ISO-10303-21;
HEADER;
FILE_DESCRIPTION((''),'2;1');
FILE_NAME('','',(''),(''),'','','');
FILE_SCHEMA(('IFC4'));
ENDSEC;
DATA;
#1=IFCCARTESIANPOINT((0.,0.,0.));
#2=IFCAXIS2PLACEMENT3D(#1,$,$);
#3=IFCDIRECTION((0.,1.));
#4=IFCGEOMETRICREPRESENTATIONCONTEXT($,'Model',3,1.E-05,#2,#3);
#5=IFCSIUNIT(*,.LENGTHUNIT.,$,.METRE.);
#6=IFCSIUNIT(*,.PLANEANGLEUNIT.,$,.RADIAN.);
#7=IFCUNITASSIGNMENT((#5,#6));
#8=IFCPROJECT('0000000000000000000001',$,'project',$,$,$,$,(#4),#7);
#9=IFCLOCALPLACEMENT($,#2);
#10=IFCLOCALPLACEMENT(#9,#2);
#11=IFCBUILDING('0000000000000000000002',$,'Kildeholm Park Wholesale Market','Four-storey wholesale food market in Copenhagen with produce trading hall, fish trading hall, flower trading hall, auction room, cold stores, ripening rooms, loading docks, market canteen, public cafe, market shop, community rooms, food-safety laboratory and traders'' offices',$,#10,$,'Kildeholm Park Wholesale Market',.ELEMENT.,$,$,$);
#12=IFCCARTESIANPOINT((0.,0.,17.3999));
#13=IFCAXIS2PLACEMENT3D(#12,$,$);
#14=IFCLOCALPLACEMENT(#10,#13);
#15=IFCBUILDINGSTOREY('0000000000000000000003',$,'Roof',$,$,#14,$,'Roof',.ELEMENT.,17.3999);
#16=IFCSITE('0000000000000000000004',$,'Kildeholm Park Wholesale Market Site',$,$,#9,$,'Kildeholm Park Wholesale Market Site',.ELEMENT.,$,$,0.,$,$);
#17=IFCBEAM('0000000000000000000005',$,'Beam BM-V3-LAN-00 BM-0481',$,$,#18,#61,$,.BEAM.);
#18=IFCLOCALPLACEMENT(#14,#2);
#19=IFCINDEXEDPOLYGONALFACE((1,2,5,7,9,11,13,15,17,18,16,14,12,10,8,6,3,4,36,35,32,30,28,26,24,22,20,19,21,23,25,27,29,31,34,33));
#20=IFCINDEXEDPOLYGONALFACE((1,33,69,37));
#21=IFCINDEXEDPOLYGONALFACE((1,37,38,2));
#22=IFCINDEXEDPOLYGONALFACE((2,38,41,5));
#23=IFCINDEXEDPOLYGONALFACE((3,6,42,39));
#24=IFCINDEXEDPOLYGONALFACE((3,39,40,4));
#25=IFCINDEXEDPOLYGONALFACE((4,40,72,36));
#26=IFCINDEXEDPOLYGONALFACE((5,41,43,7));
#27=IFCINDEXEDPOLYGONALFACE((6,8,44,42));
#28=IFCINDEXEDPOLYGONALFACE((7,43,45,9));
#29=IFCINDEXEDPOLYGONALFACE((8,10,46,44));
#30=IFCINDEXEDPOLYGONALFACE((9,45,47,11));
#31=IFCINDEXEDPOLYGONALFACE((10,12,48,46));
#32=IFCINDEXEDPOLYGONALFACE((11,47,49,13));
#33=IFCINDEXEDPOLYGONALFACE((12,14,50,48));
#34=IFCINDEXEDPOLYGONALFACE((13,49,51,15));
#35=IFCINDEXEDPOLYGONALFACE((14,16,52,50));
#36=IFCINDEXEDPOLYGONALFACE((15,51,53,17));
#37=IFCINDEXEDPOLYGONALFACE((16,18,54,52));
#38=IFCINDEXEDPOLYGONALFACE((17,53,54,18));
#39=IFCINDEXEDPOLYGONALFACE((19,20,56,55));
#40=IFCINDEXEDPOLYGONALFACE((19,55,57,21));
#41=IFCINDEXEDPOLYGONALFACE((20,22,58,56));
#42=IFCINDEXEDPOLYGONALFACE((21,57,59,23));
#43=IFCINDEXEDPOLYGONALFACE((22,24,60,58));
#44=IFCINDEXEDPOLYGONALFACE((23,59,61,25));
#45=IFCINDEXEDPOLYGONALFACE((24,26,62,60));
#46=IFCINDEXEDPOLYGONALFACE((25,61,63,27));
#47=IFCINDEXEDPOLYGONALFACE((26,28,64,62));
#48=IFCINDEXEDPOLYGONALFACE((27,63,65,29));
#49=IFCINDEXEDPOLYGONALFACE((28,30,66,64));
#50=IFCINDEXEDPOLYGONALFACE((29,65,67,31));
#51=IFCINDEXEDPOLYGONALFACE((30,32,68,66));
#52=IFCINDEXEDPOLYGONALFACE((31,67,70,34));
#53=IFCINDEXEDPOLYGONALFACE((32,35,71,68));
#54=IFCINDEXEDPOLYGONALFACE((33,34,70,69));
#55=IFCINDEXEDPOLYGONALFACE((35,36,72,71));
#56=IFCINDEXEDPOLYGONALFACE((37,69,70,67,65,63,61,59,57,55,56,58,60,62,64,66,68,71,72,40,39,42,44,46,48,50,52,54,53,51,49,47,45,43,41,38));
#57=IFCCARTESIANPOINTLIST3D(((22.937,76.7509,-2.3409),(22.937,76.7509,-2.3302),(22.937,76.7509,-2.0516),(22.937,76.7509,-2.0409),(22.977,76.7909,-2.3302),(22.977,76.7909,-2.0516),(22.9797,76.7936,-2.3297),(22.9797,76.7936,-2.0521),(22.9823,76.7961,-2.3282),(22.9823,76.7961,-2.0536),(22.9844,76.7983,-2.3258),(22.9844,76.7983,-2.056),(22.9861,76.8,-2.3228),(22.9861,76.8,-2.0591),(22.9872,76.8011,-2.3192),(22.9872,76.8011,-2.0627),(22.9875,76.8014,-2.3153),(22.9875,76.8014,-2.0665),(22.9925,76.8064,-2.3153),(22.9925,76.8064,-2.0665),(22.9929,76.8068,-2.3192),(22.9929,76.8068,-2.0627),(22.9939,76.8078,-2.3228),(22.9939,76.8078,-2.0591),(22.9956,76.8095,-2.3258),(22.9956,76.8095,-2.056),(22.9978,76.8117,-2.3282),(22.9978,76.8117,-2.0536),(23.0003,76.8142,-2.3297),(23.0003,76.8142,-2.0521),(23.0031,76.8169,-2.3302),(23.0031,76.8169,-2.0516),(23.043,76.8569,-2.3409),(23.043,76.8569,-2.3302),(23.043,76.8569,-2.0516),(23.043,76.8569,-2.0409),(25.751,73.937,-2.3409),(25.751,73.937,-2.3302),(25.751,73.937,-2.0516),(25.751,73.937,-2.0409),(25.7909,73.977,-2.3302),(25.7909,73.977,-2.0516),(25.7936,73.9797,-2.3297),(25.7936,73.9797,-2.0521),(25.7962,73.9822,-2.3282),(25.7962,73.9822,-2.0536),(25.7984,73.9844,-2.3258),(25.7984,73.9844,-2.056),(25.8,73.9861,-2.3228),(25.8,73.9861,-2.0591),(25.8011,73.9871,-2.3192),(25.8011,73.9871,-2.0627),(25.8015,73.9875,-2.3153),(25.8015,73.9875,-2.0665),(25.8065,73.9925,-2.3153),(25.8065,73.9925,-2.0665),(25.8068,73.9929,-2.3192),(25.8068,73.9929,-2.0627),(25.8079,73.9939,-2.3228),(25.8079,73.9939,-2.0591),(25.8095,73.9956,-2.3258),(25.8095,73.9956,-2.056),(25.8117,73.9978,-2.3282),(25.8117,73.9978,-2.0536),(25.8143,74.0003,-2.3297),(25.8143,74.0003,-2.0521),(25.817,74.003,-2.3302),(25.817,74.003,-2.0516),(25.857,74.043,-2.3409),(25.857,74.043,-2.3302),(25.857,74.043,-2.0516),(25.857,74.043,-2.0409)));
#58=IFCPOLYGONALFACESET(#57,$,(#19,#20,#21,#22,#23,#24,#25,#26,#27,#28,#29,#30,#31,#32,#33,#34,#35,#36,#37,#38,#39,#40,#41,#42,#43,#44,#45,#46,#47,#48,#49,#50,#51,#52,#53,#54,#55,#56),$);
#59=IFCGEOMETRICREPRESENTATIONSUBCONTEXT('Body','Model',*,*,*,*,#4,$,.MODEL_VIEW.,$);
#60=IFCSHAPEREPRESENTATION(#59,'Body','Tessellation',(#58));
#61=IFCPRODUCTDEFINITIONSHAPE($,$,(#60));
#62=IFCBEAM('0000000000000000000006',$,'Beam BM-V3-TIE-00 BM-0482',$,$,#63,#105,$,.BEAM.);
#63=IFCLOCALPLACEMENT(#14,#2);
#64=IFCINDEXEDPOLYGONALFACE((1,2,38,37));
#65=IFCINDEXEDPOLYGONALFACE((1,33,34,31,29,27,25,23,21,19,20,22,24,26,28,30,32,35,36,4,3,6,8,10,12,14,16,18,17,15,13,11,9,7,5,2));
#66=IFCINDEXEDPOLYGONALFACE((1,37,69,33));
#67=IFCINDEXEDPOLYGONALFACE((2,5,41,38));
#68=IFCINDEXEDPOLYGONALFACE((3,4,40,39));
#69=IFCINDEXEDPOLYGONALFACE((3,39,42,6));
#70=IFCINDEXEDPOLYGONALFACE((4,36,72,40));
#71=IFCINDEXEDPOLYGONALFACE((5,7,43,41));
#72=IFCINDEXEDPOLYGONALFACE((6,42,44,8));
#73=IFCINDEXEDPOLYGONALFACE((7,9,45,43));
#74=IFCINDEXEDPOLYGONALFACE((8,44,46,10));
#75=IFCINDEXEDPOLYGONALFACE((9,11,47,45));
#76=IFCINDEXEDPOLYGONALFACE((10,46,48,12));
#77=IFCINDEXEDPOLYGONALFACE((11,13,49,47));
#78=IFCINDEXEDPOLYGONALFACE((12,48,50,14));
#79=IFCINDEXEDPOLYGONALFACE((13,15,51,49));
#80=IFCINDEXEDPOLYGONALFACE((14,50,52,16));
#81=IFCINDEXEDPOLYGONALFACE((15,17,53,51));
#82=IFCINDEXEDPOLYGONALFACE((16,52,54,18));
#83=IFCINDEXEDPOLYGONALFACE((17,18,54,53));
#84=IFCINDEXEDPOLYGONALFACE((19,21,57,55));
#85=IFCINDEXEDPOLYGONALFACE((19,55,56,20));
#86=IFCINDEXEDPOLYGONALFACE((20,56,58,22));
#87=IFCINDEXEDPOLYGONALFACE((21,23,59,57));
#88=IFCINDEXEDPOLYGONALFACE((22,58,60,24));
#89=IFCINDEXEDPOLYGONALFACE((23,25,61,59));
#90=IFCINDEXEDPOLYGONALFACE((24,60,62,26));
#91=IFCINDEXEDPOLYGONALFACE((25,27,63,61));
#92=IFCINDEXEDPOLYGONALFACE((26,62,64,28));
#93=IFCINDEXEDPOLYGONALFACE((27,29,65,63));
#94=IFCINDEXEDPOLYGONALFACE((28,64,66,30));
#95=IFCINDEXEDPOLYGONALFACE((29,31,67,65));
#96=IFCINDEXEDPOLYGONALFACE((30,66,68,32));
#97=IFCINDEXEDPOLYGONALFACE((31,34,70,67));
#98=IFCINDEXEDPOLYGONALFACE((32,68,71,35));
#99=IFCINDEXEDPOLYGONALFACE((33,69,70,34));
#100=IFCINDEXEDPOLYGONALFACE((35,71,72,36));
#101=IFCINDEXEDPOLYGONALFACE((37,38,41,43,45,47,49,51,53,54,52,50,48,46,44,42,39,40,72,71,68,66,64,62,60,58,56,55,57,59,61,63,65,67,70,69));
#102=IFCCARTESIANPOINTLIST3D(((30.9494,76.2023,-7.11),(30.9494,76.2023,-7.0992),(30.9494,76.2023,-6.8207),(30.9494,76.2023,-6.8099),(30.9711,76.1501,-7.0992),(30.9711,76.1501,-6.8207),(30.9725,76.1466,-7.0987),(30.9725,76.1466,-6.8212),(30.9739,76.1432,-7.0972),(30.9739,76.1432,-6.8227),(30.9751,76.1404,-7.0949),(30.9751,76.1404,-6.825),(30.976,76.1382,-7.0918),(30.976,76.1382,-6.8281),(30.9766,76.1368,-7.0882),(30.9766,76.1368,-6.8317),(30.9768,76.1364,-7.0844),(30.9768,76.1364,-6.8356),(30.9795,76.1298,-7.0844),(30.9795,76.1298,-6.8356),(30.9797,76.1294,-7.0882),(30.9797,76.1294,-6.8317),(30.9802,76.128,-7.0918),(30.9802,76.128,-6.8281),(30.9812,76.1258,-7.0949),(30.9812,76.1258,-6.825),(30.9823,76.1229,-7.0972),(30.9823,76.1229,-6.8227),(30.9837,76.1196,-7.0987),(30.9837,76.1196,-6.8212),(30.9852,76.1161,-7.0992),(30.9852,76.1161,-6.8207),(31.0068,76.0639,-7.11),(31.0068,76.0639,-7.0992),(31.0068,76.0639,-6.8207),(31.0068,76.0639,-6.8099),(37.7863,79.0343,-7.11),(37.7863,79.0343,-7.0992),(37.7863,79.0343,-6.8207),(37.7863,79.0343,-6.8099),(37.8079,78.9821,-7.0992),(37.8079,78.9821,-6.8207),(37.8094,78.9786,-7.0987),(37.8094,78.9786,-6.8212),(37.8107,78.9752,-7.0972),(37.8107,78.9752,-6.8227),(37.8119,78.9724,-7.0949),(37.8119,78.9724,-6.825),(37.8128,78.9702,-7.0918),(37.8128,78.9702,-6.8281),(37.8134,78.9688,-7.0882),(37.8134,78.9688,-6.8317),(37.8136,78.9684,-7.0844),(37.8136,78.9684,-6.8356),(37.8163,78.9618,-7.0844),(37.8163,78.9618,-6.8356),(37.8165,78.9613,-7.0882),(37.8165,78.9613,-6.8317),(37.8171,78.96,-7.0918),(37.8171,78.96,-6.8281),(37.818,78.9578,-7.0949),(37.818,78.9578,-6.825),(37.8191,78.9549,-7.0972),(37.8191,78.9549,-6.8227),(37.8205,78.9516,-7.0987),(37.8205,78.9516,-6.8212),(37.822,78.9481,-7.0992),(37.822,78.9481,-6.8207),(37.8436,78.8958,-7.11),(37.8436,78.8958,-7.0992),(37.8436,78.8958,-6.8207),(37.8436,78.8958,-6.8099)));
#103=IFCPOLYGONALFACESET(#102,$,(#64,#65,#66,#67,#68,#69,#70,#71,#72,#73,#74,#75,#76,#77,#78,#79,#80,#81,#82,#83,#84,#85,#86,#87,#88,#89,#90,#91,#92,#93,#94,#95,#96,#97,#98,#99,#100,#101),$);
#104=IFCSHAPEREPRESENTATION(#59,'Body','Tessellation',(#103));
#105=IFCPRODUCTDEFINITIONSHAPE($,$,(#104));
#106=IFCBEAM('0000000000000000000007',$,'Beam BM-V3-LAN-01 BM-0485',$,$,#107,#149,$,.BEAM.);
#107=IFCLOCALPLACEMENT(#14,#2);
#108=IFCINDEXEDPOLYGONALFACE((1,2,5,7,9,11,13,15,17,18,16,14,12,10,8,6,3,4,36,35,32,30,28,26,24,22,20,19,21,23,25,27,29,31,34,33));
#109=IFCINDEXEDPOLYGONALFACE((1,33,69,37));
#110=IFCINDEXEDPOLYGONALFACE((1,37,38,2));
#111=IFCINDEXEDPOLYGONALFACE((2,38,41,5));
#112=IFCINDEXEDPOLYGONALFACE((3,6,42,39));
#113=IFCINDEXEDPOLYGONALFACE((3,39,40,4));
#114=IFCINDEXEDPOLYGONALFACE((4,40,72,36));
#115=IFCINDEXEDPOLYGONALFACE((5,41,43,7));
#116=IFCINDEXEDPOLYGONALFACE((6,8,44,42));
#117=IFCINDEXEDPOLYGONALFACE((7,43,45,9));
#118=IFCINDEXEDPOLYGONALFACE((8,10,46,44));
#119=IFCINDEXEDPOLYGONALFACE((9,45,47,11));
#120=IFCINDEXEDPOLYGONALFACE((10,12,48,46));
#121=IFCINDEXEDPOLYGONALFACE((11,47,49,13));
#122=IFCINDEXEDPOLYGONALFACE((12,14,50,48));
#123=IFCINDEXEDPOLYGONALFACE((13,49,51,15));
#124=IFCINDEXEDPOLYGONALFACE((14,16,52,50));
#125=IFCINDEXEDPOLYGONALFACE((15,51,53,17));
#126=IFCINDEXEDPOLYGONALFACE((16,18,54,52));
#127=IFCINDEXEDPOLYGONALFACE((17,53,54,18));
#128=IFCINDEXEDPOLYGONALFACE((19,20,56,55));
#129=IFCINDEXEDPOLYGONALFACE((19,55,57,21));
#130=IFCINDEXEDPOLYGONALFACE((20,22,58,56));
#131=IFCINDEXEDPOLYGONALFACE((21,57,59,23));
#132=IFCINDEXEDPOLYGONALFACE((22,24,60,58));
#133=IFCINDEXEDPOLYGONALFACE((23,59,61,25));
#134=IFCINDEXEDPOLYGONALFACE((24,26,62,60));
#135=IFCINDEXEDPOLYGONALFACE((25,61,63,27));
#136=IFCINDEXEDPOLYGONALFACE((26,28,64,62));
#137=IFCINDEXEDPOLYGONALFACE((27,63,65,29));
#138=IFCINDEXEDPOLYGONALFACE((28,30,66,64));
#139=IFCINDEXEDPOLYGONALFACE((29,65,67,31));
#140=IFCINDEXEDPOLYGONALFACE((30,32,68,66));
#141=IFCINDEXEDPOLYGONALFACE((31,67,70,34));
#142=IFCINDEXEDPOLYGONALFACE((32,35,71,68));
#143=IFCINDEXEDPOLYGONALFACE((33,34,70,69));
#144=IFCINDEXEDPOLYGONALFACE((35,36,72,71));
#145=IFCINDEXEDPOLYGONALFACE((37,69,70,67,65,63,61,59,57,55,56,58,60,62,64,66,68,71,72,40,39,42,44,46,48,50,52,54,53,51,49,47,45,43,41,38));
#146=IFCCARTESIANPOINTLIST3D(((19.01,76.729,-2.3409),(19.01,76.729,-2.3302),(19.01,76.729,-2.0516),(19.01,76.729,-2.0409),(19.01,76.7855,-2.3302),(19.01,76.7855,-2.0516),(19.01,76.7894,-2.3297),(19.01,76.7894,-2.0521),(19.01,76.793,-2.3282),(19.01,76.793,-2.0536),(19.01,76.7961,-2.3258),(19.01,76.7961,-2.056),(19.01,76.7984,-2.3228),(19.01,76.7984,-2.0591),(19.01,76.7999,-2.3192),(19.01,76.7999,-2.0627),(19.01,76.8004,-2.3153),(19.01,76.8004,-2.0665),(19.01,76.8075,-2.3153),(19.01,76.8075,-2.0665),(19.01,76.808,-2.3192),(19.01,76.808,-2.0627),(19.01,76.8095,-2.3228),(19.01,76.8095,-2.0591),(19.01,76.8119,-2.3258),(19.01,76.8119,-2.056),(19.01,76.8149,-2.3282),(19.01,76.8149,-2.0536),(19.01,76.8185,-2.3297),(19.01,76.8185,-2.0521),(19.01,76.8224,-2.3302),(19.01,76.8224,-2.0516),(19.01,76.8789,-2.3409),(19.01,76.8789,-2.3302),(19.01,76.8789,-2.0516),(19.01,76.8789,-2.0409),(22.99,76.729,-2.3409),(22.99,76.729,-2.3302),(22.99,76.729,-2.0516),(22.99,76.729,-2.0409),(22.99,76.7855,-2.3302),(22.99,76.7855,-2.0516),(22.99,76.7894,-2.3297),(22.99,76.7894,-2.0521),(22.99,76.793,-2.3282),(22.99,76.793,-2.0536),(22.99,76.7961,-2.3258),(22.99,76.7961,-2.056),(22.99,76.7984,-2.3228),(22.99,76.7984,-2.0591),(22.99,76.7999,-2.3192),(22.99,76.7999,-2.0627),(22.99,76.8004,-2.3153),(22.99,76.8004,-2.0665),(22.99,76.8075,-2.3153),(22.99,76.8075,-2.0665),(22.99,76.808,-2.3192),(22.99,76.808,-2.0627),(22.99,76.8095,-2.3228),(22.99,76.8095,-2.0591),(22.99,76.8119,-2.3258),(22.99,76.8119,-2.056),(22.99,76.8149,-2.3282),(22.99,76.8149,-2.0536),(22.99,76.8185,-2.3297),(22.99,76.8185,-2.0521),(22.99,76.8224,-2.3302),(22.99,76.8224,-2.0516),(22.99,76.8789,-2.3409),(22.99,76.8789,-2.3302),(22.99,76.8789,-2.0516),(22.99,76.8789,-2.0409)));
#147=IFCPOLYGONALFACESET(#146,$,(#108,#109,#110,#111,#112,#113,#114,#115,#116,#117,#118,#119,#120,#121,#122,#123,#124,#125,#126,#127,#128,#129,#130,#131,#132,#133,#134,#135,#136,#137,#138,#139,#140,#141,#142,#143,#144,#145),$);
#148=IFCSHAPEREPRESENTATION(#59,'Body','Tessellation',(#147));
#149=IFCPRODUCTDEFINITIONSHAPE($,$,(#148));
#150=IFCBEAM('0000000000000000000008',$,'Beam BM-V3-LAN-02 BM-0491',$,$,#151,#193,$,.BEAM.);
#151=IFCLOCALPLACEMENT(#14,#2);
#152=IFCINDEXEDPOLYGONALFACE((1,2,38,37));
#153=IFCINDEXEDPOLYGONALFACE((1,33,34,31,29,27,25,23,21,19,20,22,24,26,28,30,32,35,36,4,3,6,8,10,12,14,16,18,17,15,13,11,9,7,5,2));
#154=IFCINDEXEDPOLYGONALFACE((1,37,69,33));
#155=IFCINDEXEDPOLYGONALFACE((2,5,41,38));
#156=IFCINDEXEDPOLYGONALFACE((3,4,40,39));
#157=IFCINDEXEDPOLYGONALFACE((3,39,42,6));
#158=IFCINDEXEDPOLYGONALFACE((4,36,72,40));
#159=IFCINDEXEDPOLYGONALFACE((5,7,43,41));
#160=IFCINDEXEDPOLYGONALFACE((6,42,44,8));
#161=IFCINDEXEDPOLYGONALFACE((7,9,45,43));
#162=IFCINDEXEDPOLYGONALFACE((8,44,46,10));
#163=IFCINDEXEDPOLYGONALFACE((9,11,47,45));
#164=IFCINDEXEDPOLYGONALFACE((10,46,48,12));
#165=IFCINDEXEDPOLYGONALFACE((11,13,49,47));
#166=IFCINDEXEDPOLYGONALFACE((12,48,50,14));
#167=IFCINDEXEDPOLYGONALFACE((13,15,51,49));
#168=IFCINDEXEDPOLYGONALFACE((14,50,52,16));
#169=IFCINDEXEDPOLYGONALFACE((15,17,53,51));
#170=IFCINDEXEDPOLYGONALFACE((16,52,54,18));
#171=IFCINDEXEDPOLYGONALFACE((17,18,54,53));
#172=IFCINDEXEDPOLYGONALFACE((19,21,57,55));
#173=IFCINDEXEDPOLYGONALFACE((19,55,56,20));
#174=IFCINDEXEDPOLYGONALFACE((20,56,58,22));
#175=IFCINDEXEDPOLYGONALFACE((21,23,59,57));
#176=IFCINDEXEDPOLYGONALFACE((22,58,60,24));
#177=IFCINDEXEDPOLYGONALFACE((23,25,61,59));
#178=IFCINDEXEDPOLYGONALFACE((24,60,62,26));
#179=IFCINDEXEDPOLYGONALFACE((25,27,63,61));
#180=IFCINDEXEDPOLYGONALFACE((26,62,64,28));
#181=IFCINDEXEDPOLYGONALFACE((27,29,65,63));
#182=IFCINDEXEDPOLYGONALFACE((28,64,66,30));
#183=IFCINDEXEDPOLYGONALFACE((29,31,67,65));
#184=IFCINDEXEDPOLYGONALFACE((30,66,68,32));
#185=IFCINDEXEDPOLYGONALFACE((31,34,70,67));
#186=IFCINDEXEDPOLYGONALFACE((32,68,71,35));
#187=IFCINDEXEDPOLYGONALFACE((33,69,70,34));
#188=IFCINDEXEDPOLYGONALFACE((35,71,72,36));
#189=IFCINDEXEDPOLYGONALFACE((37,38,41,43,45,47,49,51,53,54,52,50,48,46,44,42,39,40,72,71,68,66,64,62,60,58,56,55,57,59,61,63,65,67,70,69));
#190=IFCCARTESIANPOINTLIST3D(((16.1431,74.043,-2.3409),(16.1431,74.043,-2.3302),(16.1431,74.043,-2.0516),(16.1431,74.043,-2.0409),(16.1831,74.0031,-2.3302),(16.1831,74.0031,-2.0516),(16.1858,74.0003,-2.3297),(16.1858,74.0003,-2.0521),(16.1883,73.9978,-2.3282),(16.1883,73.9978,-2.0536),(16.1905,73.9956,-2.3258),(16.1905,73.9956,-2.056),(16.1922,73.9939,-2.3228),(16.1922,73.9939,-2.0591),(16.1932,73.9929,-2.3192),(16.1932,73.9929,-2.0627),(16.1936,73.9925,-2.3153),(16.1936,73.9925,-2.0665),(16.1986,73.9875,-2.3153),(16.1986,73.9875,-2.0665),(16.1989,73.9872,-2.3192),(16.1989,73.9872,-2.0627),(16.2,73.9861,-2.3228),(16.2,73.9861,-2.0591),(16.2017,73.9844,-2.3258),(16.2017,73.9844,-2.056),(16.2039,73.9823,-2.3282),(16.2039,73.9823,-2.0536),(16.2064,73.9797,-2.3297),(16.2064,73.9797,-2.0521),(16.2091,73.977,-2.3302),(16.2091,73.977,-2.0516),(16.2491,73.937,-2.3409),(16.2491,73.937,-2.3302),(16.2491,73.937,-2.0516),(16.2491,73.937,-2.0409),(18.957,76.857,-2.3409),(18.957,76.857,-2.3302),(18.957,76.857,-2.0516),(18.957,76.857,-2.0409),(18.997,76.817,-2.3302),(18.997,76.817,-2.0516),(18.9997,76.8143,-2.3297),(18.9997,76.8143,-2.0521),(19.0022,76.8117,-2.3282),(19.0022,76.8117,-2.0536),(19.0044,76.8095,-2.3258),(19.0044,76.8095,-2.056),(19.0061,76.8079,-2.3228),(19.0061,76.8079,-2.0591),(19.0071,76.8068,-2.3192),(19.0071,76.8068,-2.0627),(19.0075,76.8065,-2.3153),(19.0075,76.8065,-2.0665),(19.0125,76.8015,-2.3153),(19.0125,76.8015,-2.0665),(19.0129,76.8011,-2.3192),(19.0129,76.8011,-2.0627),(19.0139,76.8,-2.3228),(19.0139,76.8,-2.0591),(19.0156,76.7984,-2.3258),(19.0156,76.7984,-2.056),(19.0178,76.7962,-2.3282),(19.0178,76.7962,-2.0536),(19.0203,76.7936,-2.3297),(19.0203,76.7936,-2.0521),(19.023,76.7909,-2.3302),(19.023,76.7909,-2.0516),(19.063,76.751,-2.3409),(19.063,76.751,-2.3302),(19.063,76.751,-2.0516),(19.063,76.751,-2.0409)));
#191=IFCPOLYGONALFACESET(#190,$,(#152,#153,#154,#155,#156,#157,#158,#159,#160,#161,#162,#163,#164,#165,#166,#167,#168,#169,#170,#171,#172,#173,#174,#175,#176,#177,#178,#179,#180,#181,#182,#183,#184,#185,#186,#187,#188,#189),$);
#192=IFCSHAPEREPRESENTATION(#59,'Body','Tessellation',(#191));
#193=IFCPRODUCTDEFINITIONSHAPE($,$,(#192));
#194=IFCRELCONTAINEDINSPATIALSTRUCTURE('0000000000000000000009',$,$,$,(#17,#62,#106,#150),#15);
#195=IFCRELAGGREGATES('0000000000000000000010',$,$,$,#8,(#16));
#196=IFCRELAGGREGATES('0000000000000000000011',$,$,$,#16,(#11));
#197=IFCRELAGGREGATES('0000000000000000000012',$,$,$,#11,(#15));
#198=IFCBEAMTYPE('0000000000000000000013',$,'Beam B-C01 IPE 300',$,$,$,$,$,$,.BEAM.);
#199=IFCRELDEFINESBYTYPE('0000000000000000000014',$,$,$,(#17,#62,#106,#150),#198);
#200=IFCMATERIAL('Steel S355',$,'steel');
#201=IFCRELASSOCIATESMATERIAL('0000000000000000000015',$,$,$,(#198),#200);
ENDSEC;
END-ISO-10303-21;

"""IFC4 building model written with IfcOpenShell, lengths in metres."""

from ifc_helpers import new_model, si_unit, direction, frame, origin, origin_2d, place, context, subcontext, project, spatial, i_section, extrude, material, material_profile, profile_set, type_object, element, save


model = new_model("IFC4")

# Units and contexts
model_context = context("Model", 3, precision=1e-05, world=origin(), true_north=direction((0.0, 1.0)))
body_context = subcontext(model_context, "Body", "Model", "MODEL_VIEW")
ifc_project = project(units=[si_unit("LENGTHUNIT", "METRE"), si_unit("PLANEANGLEUNIT", "RADIAN")], contexts=[model_context])

# Site, building, storey
site_placement = place(None, origin())
site = spatial("IfcSite", under=ifc_project, at=site_placement, Name="Kildeholm Park Wholesale Market Site", LongName="Kildeholm Park Wholesale Market Site", CompositionType="ELEMENT", RefElevation=0.0)
building_placement = place(site_placement, origin())
building = spatial("IfcBuilding", under=site, at=building_placement, Name="Kildeholm Park Wholesale Market", Description="Four-storey wholesale food market in Copenhagen with produce trading hall, fish trading hall, flower trading hall, auction room, cold stores, ripening rooms, loading docks, market canteen, public cafe, market shop, community rooms, food-safety laboratory and traders' offices", LongName="Kildeholm Park Wholesale Market", CompositionType="ELEMENT")
storey_placement = place(building_placement, frame((0.0, 0.0, 17.3999)))
storey = spatial("IfcBuildingStorey", under=building, at=storey_placement, Name="Roof", LongName="Roof", CompositionType="ELEMENT", Elevation=17.3999)

# Beams
ifc_material_1 = material(Name="Steel S355", Category="steel")
ifc_material_profile_1 = material_profile(ifc_material_1, i_section(OverallWidth=0.1499, OverallDepth=0.3, WebThickness=0.0071, FlangeThickness=0.0107, FilletRadius=0.0149, at=origin_2d()), Name="IPE 300")
ifc_profile_set_1 = profile_set([ifc_material_profile_1], Name="Steel S355")
beam_type_1 = type_object("IfcBeamType", Name="Beam B-C01 IPE 300", PredefinedType="BEAM", material=ifc_profile_set_1)
beam_1_placement = place(storey_placement, frame((25.804, 73.99, -2.1909), z_axis=(-0.707107, 0.707107, 0.0), x_axis=(-0.707107, -0.707107, 0.0)))
element("IfcBeam", 1, at=beam_1_placement, inside=storey, type_object=beam_type_1, Name="Beam BM-V3-LAN-00 BM-0481", PredefinedType="BEAM", context=body_context, shape_type="SweptSolid", body=[
    extrude(i_section(OverallWidth=0.1499, OverallDepth=0.3, WebThickness=0.0071, FlangeThickness=0.0107, FilletRadius=0.0149, at=origin_2d()), origin(), (0.0, 0.0, 1.0), 3.9795),
])
beam_2_placement = place(storey_placement, frame((37.8149, 78.9651, -6.96), z_axis=(-0.923875, -0.382694, 0.0), x_axis=(0.382694, -0.923875, 0.0)))
element("IfcBeam", 2, at=beam_2_placement, inside=storey, type_object=beam_type_1, Name="Beam BM-V3-TIE-00 BM-0482", PredefinedType="BEAM", context=body_context, shape_type="SweptSolid", body=[
    extrude(i_section(OverallWidth=0.1499, OverallDepth=0.3, WebThickness=0.0071, FlangeThickness=0.0107, FilletRadius=0.0149, at=origin_2d()), origin(), (0.0, 0.0, 1.0), 7.4001),
])
beam_3_placement = place(storey_placement, frame((22.99, 76.804, -2.1909), z_axis=(-1.0, 0.0, 0.0), x_axis=(0.0, -1.0, 0.0)))
element("IfcBeam", 3, at=beam_3_placement, inside=storey, type_object=beam_type_1, Name="Beam BM-V3-LAN-01 BM-0485", PredefinedType="BEAM", context=body_context, shape_type="SweptSolid", body=[
    extrude(i_section(OverallWidth=0.1499, OverallDepth=0.3, WebThickness=0.0071, FlangeThickness=0.0107, FilletRadius=0.0149, at=origin_2d()), origin(), (0.0, 0.0, 1.0), 3.98),
])
beam_4_placement = place(storey_placement, frame((19.01, 76.804, -2.1909), z_axis=(-0.707107, -0.707107, 0.0), x_axis=(0.707107, -0.707107, 0.0)))
element("IfcBeam", 4, at=beam_4_placement, inside=storey, type_object=beam_type_1, Name="Beam BM-V3-LAN-02 BM-0491", PredefinedType="BEAM", context=body_context, shape_type="SweptSolid", body=[
    extrude(i_section(OverallWidth=0.1499, OverallDepth=0.3, WebThickness=0.0071, FlangeThickness=0.0107, FilletRadius=0.0149, at=origin_2d()), origin(), (0.0, 0.0, 1.0), 3.9795),
])

save(model, "model.ifc")
